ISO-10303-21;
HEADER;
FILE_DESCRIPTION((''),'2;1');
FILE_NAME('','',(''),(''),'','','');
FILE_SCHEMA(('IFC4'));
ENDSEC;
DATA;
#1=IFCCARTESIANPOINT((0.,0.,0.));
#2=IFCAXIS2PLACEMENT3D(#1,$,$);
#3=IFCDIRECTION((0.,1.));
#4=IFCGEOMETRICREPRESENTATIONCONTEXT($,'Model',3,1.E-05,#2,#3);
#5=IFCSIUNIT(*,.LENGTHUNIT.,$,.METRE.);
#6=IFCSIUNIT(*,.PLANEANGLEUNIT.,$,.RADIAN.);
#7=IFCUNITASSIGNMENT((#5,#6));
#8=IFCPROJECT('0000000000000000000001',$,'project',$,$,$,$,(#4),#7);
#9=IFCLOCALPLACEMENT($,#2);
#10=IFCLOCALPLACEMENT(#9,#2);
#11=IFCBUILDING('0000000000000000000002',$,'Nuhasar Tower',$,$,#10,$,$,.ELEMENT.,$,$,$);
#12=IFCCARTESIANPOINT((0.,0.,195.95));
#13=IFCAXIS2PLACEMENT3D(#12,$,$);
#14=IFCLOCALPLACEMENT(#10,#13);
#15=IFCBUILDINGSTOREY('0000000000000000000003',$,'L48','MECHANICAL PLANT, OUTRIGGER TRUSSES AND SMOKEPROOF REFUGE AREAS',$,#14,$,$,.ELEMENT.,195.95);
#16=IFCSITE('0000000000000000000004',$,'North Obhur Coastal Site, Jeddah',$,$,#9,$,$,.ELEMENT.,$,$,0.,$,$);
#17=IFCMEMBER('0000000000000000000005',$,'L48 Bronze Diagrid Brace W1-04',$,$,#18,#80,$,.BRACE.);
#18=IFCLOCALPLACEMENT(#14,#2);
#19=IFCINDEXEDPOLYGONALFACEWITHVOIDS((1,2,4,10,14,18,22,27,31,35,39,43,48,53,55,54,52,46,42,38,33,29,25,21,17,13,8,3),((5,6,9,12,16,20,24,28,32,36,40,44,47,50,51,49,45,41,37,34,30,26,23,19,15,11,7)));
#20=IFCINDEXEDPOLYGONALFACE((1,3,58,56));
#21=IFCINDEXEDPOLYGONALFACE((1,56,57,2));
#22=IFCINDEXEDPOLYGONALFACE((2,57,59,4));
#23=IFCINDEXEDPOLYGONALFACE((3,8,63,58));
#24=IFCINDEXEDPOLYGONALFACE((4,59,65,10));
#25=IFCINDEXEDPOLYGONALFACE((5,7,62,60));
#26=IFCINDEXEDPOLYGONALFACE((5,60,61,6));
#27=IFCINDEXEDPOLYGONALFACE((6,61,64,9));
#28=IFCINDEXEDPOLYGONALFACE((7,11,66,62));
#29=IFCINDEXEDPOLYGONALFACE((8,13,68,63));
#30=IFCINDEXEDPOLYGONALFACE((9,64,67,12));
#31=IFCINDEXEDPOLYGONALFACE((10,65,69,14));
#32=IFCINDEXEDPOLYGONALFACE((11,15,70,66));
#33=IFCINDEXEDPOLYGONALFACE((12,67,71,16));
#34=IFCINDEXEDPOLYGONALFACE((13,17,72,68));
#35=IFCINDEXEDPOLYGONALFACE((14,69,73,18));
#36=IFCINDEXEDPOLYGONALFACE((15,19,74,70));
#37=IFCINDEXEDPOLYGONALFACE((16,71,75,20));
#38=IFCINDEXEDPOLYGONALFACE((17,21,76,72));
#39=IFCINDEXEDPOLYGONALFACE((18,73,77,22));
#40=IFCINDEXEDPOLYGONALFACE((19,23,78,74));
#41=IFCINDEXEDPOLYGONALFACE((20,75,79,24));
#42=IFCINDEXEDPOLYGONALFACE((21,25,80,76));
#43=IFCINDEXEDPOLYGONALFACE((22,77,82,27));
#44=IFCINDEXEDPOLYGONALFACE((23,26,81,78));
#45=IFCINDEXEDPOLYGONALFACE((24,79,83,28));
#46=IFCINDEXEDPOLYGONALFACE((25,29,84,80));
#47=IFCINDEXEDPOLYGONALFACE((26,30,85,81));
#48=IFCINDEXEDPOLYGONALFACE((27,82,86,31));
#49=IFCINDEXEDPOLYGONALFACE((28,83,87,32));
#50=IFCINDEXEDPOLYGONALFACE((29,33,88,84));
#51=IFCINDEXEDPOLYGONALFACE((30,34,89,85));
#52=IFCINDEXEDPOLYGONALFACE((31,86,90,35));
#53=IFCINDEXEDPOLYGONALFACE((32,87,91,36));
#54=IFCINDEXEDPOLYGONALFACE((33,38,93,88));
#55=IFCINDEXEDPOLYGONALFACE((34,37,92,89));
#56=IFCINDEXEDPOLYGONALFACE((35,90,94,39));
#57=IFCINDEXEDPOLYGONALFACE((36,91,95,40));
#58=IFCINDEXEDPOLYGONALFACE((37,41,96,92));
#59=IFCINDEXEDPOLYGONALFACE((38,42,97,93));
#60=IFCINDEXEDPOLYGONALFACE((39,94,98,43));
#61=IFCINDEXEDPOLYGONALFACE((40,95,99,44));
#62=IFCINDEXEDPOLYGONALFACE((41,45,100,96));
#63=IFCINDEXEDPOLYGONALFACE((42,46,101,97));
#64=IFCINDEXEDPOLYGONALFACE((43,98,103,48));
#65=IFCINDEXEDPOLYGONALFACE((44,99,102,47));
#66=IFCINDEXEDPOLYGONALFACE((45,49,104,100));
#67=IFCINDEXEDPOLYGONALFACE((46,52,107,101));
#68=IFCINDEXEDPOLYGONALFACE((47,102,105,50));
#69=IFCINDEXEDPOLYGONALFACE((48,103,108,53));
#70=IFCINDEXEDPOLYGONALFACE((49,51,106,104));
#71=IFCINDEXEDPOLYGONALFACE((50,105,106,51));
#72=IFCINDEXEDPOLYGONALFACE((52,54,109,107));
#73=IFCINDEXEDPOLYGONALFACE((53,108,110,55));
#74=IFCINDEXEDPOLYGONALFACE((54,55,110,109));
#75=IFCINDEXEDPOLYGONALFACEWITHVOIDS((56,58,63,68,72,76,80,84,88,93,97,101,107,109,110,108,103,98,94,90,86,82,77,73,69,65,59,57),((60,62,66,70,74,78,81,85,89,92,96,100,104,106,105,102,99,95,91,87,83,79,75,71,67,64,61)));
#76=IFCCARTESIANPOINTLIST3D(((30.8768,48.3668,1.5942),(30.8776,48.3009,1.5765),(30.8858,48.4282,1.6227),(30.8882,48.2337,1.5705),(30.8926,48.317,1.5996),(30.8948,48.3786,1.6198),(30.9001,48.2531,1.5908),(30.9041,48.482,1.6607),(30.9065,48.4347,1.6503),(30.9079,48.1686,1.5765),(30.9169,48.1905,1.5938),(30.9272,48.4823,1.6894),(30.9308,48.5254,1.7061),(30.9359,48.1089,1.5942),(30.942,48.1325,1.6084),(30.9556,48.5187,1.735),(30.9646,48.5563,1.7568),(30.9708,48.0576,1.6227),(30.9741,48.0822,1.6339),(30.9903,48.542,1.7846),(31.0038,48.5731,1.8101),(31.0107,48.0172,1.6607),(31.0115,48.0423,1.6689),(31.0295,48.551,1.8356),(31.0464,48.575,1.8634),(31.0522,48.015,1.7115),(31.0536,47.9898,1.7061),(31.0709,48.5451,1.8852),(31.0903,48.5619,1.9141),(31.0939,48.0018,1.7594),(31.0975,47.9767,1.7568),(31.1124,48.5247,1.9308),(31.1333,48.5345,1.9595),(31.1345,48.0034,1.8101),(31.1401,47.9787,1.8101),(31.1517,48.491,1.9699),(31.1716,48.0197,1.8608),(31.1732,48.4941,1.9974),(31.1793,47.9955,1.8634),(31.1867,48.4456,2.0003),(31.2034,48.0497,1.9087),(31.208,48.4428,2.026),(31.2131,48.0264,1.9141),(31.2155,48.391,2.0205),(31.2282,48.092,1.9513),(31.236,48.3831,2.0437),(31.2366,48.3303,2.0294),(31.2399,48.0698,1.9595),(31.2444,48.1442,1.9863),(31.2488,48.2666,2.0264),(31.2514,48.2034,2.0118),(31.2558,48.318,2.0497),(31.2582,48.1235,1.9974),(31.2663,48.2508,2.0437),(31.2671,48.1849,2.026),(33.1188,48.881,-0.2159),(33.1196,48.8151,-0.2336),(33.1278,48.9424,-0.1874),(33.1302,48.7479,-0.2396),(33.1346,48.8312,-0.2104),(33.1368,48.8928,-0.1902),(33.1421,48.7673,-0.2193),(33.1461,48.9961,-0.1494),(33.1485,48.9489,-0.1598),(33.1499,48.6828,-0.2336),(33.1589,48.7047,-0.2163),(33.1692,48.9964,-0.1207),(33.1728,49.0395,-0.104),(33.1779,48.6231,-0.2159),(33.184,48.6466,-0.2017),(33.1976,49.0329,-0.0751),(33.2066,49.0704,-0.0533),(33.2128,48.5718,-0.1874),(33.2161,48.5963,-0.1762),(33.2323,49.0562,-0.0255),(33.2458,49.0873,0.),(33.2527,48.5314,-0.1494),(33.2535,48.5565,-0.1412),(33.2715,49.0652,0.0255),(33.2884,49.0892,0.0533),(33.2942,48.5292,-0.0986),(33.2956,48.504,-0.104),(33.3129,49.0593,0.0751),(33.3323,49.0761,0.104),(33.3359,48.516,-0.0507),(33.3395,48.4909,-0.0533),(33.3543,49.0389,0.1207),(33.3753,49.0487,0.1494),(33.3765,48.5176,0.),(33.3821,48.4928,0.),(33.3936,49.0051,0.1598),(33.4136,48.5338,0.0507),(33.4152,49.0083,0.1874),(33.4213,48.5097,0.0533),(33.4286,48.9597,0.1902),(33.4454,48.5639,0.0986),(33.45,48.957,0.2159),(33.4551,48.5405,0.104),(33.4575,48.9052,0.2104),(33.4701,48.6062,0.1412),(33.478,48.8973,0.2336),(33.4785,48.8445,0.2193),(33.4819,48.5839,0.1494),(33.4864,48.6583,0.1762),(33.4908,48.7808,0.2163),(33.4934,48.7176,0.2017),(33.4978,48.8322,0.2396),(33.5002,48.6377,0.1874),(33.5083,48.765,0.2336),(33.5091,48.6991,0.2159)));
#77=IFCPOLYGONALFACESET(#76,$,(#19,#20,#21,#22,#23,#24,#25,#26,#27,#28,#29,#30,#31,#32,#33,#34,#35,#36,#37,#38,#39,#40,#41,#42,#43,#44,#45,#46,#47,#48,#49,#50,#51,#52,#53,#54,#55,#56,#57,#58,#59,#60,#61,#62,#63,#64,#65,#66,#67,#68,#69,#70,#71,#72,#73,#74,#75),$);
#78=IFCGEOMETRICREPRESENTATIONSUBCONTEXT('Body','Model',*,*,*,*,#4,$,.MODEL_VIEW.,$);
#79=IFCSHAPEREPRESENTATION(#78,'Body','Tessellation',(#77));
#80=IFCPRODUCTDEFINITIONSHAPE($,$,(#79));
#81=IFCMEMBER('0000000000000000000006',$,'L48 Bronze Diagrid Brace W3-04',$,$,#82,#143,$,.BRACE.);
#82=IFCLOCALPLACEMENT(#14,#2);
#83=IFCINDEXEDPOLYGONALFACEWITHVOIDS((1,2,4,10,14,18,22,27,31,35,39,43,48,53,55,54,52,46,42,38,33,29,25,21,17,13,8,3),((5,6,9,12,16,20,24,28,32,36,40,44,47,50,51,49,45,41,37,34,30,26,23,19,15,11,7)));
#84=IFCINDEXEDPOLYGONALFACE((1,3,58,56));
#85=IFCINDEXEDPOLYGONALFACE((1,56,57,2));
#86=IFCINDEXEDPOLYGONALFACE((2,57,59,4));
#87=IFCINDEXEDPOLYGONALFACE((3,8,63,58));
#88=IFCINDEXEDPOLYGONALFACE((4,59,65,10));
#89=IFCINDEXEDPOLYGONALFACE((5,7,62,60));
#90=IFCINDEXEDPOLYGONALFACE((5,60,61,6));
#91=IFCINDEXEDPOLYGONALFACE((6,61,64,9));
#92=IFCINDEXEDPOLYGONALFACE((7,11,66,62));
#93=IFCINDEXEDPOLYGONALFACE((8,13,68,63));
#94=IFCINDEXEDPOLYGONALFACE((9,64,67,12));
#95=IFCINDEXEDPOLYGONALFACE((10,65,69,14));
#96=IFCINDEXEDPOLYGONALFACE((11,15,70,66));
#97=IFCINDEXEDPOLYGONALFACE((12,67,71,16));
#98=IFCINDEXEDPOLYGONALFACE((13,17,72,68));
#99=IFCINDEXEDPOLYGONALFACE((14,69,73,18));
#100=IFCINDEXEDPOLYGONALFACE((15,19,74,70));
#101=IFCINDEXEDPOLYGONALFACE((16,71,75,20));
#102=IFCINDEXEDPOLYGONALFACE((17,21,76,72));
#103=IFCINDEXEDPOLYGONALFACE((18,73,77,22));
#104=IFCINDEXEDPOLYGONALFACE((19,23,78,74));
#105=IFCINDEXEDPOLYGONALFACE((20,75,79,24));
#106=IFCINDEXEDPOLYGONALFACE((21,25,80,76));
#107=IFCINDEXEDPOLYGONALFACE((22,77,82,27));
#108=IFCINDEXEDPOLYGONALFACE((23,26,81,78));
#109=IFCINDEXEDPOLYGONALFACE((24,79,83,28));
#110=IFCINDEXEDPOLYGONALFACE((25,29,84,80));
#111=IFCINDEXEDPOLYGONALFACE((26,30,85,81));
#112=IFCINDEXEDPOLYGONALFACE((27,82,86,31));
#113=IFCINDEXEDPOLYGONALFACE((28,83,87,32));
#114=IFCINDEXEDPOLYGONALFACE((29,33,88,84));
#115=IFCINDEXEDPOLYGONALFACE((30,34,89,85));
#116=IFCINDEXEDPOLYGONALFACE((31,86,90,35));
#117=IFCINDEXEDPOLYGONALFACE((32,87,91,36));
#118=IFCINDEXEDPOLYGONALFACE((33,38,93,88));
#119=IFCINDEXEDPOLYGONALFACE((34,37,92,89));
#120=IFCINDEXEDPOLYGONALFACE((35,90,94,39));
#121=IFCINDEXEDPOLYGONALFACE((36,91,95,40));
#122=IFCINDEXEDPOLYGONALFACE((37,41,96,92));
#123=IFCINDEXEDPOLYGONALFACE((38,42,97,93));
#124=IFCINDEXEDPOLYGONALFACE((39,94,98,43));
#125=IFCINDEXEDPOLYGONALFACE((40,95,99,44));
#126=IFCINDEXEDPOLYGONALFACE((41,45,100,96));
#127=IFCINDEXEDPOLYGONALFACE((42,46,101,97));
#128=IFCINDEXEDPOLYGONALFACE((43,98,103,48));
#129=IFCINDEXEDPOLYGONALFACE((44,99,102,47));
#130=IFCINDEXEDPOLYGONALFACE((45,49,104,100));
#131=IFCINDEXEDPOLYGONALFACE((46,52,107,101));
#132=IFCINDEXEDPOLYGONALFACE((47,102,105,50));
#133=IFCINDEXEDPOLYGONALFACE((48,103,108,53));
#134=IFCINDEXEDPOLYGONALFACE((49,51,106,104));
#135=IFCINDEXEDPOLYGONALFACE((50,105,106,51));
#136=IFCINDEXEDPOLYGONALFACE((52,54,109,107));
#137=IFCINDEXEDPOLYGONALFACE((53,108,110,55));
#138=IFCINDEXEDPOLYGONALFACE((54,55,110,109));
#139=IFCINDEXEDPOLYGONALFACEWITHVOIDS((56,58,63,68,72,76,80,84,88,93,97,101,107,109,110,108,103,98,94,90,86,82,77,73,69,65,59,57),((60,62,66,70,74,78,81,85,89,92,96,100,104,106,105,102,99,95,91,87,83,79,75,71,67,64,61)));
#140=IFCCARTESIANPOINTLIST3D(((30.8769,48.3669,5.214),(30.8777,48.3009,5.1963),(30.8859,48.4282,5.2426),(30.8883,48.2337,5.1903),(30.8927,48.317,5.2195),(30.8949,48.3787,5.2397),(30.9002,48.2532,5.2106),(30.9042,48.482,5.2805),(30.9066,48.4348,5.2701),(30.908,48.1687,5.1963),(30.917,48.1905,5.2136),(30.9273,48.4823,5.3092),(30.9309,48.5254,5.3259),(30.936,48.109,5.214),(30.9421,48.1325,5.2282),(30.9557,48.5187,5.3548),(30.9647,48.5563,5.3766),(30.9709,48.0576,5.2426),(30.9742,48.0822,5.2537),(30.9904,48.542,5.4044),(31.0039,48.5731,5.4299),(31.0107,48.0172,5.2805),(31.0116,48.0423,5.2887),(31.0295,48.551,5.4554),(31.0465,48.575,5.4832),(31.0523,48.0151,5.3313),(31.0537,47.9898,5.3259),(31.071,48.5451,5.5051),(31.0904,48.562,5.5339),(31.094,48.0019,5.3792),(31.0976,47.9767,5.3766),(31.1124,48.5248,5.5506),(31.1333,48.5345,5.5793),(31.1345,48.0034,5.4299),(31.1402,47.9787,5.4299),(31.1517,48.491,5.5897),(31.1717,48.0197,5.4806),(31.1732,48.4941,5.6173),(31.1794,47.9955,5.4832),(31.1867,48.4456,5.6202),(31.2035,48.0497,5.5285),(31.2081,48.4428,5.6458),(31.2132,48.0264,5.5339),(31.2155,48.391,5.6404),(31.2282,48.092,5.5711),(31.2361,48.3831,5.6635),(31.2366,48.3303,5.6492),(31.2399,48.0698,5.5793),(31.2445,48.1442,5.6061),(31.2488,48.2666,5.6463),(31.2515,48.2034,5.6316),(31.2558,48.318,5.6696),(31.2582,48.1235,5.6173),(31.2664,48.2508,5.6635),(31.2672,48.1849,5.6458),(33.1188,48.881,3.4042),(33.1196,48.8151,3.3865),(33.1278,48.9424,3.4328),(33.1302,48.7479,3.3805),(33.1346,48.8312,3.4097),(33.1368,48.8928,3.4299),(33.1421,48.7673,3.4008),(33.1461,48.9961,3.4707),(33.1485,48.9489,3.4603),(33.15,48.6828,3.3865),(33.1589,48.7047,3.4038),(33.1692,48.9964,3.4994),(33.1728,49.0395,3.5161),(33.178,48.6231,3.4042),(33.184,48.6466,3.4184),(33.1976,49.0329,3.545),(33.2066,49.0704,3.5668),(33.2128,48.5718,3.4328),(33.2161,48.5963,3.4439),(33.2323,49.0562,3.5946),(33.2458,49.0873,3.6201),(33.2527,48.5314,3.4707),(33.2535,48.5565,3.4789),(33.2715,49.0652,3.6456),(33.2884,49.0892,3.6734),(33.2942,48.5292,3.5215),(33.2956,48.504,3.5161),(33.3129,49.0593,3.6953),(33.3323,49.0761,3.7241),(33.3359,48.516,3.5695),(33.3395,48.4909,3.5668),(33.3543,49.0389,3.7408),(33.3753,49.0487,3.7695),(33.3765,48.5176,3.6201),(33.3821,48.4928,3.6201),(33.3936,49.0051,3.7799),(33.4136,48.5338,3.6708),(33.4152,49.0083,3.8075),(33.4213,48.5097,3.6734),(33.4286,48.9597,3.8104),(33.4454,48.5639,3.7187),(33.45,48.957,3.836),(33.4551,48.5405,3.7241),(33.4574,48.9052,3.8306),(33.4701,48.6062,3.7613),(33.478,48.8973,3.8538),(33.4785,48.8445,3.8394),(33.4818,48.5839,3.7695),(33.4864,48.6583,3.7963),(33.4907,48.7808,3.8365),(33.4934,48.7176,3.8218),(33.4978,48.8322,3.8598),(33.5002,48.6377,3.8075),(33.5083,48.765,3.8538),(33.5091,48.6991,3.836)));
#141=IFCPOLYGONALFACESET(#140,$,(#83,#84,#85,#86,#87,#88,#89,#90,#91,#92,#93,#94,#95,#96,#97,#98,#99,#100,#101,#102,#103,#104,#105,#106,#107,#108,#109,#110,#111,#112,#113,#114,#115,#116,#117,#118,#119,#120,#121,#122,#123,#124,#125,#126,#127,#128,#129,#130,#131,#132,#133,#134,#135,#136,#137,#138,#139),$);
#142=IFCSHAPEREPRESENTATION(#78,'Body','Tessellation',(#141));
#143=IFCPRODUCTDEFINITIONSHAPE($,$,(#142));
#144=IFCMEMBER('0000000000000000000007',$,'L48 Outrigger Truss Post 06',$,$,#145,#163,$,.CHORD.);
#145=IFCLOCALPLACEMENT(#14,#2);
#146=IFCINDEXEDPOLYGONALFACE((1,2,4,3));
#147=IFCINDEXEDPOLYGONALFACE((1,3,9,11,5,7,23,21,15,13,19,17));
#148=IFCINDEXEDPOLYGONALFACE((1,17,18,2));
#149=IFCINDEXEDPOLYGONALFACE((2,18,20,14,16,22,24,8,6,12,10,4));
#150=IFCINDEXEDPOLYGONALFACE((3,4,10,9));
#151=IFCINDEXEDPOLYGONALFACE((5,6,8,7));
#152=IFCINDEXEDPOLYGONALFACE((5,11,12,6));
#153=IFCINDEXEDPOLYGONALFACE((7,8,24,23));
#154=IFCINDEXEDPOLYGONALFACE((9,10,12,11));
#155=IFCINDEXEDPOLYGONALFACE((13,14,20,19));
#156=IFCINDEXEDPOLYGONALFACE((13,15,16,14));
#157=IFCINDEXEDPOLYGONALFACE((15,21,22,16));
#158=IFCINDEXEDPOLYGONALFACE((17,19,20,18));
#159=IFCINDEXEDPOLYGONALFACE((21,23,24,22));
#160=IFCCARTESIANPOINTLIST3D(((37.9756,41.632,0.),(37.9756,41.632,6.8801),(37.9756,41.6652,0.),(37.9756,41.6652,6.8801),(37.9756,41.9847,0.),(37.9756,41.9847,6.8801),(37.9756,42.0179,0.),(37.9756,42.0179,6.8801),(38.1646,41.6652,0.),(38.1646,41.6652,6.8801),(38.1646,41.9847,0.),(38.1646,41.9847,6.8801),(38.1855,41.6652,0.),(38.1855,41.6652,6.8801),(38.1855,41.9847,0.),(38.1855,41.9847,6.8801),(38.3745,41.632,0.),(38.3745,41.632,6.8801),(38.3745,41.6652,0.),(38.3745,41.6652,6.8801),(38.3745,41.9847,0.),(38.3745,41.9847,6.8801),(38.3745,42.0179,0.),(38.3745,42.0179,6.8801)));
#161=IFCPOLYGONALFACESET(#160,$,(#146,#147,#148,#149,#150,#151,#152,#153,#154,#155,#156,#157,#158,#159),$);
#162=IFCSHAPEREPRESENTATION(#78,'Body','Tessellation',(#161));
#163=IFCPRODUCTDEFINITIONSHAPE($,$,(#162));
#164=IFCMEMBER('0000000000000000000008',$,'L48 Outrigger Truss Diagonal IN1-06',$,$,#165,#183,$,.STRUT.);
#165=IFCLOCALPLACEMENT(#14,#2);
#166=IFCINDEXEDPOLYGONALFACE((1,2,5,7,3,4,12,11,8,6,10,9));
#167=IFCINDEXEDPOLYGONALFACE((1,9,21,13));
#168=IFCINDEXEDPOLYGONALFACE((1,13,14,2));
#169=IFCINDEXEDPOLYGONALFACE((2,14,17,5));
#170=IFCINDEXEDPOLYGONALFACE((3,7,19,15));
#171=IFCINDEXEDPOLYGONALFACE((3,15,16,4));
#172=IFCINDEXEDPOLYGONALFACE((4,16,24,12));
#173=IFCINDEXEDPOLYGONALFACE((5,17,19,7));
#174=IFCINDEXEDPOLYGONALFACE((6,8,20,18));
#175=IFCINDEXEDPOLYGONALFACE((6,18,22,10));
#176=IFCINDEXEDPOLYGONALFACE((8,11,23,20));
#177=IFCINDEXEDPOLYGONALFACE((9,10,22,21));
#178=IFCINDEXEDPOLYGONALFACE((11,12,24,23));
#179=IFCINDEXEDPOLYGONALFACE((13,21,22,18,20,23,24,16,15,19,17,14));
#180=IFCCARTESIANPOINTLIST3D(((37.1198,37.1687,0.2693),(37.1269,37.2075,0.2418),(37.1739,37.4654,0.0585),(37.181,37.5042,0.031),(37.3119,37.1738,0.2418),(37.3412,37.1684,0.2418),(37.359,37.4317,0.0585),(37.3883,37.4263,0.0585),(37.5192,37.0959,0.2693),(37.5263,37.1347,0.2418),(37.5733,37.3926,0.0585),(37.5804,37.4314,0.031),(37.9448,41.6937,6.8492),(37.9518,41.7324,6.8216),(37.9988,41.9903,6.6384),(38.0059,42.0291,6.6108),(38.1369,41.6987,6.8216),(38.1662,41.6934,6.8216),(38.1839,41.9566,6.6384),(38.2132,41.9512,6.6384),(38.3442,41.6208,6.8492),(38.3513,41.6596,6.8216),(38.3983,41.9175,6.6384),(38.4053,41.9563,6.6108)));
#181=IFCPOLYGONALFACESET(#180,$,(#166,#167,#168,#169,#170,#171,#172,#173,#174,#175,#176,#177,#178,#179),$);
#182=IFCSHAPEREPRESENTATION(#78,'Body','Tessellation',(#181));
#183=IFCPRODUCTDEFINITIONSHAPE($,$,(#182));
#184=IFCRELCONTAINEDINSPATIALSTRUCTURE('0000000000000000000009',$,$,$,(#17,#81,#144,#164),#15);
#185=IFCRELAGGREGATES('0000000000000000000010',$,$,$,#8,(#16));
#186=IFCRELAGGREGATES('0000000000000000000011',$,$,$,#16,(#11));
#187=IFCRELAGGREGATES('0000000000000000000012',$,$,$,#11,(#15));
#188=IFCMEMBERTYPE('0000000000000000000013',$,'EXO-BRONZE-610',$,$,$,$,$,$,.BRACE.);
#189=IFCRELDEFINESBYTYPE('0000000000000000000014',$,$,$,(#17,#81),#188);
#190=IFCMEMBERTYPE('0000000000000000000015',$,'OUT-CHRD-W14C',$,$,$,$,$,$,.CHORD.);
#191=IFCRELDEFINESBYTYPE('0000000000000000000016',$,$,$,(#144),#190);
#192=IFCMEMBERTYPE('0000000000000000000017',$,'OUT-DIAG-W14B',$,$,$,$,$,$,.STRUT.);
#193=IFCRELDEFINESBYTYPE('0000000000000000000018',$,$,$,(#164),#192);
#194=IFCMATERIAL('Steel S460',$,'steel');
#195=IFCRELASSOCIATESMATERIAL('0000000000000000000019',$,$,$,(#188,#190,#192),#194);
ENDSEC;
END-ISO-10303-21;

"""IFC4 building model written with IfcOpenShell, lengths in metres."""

from ifc_helpers import new_model, si_unit, direction, frame, origin, origin_2d, place, context, subcontext, project, spatial, hollow_circle, i_section, extrude, material, material_profile, profile_set, type_object, element, save


model = new_model("IFC4")

# Units and contexts
model_context = context("Model", 3, precision=1e-05, world=origin(), true_north=direction((0.0, 1.0)))
body_context = subcontext(model_context, "Body", "Model", "MODEL_VIEW")
ifc_project = project(units=[si_unit("LENGTHUNIT", "METRE"), si_unit("PLANEANGLEUNIT", "RADIAN")], contexts=[model_context])

# Site, building, storey
site_placement = place(None, origin())
site = spatial("IfcSite", under=ifc_project, at=site_placement, Name="North Obhur Coastal Site, Jeddah", CompositionType="ELEMENT", RefElevation=0.0)
building_placement = place(site_placement, origin())
building = spatial("IfcBuilding", under=site, at=building_placement, Name="Nuhasar Tower", CompositionType="ELEMENT")
storey_placement = place(building_placement, frame((0.0, 0.0, 195.95)))
storey = spatial("IfcBuildingStorey", under=building, at=storey_placement, Name="L48", Description="MECHANICAL PLANT, OUTRIGGER TRUSSES AND SMOKEPROOF REFUGE AREAS", CompositionType="ELEMENT", Elevation=195.95)

# Members
ifc_material_1 = material(Name="Steel S460", Category="steel")
ifc_material_profile_1 = material_profile(ifc_material_1, hollow_circle(Radius=0.3049, WallThickness=0.0254, at=origin_2d()), Name="HSS610X25.4")
ifc_profile_set_1 = profile_set([ifc_material_profile_1], Name="Steel S460")
member_type_1 = type_object("IfcMemberType", Name="EXO-BRONZE-610", PredefinedType="BRACE", material=ifc_profile_set_1)
member_1_placement = place(storey_placement, frame((33.314, 48.79, 0.0), z_axis=(-0.765968, -0.175665, 0.618413), x_axis=(0.223534, -0.974696, 0.0)))
element("IfcMember", 1, at=member_1_placement, inside=storey, type_object=member_type_1, Name="L48 Bronze Diagrid Brace W1-04", PredefinedType="BRACE", context=body_context, shape_type="SweptSolid", body=[
    extrude(hollow_circle(Radius=0.3049, WallThickness=0.0254, at=origin_2d()), origin(), (0.0, 0.0, 1.0), 2.927),
])
member_2_placement = place(storey_placement, frame((33.314, 48.79, 3.6201), z_axis=(-0.766008, -0.175674, 0.618362), x_axis=(0.223534, -0.974696, 0.0)))
element("IfcMember", 2, at=member_2_placement, inside=storey, type_object=member_type_1, Name="L48 Bronze Diagrid Brace W3-04", PredefinedType="BRACE", context=body_context, shape_type="SweptSolid", body=[
    extrude(hollow_circle(Radius=0.3049, WallThickness=0.0254, at=origin_2d()), origin(), (0.0, 0.0, 1.0), 2.9268),
])
ifc_material_profile_2 = material_profile(ifc_material_1, i_section(OverallWidth=0.3989, OverallDepth=0.386, WebThickness=0.021, FlangeThickness=0.0332, at=origin_2d()), Name="W14X176")
ifc_profile_set_2 = profile_set([ifc_material_profile_2], Name="Steel S460")
member_type_2 = type_object("IfcMemberType", Name="OUT-CHRD-W14C", PredefinedType="CHORD", material=ifc_profile_set_2)
member_3_placement = place(storey_placement, frame((38.175, 41.825, 0.0), z_axis=(0.0, 0.0, 1.0), x_axis=(1.0, 0.0, 0.0)))
element("IfcMember", 3, at=member_3_placement, inside=storey, type_object=member_type_2, Name="L48 Outrigger Truss Post 06", PredefinedType="CHORD", context=body_context, shape_type="SweptSolid", body=[
    extrude(i_section(OverallWidth=0.3989, OverallDepth=0.386, WebThickness=0.021, FlangeThickness=0.0332, at=origin_2d()), origin(), (0.0, 0.0, 1.0), 6.8801),
])
ifc_material_profile_3 = material_profile(ifc_material_1, i_section(OverallWidth=0.406, OverallDepth=0.416, WebThickness=0.0298, FlangeThickness=0.0481, at=origin_2d()), Name="W14X257")
ifc_profile_set_3 = profile_set([ifc_material_profile_3], Name="Steel S460")
member_type_3 = type_object("IfcMemberType", Name="OUT-DIAG-W14B", PredefinedType="STRUT", material=ifc_profile_set_3)
for number, where, z_axis, x_axis, name in (
    (4, (37.3501, 37.3, 0.1501), (0.102759, 0.563637, 0.819606), (-0.983784, 0.179357, 0.0), "L48 Outrigger Truss Diagonal IN1-06"),
):
    element("IfcMember", number, at=place(storey_placement, frame(where, z_axis=z_axis, x_axis=x_axis)), inside=storey, type_object=member_type_3, Name=name, PredefinedType="STRUT", context=body_context, shape_type="SweptSolid", body=[
        extrude(i_section(OverallWidth=0.406, OverallDepth=0.416, WebThickness=0.0298, FlangeThickness=0.0481, at=origin_2d()), origin(), (0.0, 0.0, 1.0), 8.0281),
    ])

save(model, "model.ifc")
